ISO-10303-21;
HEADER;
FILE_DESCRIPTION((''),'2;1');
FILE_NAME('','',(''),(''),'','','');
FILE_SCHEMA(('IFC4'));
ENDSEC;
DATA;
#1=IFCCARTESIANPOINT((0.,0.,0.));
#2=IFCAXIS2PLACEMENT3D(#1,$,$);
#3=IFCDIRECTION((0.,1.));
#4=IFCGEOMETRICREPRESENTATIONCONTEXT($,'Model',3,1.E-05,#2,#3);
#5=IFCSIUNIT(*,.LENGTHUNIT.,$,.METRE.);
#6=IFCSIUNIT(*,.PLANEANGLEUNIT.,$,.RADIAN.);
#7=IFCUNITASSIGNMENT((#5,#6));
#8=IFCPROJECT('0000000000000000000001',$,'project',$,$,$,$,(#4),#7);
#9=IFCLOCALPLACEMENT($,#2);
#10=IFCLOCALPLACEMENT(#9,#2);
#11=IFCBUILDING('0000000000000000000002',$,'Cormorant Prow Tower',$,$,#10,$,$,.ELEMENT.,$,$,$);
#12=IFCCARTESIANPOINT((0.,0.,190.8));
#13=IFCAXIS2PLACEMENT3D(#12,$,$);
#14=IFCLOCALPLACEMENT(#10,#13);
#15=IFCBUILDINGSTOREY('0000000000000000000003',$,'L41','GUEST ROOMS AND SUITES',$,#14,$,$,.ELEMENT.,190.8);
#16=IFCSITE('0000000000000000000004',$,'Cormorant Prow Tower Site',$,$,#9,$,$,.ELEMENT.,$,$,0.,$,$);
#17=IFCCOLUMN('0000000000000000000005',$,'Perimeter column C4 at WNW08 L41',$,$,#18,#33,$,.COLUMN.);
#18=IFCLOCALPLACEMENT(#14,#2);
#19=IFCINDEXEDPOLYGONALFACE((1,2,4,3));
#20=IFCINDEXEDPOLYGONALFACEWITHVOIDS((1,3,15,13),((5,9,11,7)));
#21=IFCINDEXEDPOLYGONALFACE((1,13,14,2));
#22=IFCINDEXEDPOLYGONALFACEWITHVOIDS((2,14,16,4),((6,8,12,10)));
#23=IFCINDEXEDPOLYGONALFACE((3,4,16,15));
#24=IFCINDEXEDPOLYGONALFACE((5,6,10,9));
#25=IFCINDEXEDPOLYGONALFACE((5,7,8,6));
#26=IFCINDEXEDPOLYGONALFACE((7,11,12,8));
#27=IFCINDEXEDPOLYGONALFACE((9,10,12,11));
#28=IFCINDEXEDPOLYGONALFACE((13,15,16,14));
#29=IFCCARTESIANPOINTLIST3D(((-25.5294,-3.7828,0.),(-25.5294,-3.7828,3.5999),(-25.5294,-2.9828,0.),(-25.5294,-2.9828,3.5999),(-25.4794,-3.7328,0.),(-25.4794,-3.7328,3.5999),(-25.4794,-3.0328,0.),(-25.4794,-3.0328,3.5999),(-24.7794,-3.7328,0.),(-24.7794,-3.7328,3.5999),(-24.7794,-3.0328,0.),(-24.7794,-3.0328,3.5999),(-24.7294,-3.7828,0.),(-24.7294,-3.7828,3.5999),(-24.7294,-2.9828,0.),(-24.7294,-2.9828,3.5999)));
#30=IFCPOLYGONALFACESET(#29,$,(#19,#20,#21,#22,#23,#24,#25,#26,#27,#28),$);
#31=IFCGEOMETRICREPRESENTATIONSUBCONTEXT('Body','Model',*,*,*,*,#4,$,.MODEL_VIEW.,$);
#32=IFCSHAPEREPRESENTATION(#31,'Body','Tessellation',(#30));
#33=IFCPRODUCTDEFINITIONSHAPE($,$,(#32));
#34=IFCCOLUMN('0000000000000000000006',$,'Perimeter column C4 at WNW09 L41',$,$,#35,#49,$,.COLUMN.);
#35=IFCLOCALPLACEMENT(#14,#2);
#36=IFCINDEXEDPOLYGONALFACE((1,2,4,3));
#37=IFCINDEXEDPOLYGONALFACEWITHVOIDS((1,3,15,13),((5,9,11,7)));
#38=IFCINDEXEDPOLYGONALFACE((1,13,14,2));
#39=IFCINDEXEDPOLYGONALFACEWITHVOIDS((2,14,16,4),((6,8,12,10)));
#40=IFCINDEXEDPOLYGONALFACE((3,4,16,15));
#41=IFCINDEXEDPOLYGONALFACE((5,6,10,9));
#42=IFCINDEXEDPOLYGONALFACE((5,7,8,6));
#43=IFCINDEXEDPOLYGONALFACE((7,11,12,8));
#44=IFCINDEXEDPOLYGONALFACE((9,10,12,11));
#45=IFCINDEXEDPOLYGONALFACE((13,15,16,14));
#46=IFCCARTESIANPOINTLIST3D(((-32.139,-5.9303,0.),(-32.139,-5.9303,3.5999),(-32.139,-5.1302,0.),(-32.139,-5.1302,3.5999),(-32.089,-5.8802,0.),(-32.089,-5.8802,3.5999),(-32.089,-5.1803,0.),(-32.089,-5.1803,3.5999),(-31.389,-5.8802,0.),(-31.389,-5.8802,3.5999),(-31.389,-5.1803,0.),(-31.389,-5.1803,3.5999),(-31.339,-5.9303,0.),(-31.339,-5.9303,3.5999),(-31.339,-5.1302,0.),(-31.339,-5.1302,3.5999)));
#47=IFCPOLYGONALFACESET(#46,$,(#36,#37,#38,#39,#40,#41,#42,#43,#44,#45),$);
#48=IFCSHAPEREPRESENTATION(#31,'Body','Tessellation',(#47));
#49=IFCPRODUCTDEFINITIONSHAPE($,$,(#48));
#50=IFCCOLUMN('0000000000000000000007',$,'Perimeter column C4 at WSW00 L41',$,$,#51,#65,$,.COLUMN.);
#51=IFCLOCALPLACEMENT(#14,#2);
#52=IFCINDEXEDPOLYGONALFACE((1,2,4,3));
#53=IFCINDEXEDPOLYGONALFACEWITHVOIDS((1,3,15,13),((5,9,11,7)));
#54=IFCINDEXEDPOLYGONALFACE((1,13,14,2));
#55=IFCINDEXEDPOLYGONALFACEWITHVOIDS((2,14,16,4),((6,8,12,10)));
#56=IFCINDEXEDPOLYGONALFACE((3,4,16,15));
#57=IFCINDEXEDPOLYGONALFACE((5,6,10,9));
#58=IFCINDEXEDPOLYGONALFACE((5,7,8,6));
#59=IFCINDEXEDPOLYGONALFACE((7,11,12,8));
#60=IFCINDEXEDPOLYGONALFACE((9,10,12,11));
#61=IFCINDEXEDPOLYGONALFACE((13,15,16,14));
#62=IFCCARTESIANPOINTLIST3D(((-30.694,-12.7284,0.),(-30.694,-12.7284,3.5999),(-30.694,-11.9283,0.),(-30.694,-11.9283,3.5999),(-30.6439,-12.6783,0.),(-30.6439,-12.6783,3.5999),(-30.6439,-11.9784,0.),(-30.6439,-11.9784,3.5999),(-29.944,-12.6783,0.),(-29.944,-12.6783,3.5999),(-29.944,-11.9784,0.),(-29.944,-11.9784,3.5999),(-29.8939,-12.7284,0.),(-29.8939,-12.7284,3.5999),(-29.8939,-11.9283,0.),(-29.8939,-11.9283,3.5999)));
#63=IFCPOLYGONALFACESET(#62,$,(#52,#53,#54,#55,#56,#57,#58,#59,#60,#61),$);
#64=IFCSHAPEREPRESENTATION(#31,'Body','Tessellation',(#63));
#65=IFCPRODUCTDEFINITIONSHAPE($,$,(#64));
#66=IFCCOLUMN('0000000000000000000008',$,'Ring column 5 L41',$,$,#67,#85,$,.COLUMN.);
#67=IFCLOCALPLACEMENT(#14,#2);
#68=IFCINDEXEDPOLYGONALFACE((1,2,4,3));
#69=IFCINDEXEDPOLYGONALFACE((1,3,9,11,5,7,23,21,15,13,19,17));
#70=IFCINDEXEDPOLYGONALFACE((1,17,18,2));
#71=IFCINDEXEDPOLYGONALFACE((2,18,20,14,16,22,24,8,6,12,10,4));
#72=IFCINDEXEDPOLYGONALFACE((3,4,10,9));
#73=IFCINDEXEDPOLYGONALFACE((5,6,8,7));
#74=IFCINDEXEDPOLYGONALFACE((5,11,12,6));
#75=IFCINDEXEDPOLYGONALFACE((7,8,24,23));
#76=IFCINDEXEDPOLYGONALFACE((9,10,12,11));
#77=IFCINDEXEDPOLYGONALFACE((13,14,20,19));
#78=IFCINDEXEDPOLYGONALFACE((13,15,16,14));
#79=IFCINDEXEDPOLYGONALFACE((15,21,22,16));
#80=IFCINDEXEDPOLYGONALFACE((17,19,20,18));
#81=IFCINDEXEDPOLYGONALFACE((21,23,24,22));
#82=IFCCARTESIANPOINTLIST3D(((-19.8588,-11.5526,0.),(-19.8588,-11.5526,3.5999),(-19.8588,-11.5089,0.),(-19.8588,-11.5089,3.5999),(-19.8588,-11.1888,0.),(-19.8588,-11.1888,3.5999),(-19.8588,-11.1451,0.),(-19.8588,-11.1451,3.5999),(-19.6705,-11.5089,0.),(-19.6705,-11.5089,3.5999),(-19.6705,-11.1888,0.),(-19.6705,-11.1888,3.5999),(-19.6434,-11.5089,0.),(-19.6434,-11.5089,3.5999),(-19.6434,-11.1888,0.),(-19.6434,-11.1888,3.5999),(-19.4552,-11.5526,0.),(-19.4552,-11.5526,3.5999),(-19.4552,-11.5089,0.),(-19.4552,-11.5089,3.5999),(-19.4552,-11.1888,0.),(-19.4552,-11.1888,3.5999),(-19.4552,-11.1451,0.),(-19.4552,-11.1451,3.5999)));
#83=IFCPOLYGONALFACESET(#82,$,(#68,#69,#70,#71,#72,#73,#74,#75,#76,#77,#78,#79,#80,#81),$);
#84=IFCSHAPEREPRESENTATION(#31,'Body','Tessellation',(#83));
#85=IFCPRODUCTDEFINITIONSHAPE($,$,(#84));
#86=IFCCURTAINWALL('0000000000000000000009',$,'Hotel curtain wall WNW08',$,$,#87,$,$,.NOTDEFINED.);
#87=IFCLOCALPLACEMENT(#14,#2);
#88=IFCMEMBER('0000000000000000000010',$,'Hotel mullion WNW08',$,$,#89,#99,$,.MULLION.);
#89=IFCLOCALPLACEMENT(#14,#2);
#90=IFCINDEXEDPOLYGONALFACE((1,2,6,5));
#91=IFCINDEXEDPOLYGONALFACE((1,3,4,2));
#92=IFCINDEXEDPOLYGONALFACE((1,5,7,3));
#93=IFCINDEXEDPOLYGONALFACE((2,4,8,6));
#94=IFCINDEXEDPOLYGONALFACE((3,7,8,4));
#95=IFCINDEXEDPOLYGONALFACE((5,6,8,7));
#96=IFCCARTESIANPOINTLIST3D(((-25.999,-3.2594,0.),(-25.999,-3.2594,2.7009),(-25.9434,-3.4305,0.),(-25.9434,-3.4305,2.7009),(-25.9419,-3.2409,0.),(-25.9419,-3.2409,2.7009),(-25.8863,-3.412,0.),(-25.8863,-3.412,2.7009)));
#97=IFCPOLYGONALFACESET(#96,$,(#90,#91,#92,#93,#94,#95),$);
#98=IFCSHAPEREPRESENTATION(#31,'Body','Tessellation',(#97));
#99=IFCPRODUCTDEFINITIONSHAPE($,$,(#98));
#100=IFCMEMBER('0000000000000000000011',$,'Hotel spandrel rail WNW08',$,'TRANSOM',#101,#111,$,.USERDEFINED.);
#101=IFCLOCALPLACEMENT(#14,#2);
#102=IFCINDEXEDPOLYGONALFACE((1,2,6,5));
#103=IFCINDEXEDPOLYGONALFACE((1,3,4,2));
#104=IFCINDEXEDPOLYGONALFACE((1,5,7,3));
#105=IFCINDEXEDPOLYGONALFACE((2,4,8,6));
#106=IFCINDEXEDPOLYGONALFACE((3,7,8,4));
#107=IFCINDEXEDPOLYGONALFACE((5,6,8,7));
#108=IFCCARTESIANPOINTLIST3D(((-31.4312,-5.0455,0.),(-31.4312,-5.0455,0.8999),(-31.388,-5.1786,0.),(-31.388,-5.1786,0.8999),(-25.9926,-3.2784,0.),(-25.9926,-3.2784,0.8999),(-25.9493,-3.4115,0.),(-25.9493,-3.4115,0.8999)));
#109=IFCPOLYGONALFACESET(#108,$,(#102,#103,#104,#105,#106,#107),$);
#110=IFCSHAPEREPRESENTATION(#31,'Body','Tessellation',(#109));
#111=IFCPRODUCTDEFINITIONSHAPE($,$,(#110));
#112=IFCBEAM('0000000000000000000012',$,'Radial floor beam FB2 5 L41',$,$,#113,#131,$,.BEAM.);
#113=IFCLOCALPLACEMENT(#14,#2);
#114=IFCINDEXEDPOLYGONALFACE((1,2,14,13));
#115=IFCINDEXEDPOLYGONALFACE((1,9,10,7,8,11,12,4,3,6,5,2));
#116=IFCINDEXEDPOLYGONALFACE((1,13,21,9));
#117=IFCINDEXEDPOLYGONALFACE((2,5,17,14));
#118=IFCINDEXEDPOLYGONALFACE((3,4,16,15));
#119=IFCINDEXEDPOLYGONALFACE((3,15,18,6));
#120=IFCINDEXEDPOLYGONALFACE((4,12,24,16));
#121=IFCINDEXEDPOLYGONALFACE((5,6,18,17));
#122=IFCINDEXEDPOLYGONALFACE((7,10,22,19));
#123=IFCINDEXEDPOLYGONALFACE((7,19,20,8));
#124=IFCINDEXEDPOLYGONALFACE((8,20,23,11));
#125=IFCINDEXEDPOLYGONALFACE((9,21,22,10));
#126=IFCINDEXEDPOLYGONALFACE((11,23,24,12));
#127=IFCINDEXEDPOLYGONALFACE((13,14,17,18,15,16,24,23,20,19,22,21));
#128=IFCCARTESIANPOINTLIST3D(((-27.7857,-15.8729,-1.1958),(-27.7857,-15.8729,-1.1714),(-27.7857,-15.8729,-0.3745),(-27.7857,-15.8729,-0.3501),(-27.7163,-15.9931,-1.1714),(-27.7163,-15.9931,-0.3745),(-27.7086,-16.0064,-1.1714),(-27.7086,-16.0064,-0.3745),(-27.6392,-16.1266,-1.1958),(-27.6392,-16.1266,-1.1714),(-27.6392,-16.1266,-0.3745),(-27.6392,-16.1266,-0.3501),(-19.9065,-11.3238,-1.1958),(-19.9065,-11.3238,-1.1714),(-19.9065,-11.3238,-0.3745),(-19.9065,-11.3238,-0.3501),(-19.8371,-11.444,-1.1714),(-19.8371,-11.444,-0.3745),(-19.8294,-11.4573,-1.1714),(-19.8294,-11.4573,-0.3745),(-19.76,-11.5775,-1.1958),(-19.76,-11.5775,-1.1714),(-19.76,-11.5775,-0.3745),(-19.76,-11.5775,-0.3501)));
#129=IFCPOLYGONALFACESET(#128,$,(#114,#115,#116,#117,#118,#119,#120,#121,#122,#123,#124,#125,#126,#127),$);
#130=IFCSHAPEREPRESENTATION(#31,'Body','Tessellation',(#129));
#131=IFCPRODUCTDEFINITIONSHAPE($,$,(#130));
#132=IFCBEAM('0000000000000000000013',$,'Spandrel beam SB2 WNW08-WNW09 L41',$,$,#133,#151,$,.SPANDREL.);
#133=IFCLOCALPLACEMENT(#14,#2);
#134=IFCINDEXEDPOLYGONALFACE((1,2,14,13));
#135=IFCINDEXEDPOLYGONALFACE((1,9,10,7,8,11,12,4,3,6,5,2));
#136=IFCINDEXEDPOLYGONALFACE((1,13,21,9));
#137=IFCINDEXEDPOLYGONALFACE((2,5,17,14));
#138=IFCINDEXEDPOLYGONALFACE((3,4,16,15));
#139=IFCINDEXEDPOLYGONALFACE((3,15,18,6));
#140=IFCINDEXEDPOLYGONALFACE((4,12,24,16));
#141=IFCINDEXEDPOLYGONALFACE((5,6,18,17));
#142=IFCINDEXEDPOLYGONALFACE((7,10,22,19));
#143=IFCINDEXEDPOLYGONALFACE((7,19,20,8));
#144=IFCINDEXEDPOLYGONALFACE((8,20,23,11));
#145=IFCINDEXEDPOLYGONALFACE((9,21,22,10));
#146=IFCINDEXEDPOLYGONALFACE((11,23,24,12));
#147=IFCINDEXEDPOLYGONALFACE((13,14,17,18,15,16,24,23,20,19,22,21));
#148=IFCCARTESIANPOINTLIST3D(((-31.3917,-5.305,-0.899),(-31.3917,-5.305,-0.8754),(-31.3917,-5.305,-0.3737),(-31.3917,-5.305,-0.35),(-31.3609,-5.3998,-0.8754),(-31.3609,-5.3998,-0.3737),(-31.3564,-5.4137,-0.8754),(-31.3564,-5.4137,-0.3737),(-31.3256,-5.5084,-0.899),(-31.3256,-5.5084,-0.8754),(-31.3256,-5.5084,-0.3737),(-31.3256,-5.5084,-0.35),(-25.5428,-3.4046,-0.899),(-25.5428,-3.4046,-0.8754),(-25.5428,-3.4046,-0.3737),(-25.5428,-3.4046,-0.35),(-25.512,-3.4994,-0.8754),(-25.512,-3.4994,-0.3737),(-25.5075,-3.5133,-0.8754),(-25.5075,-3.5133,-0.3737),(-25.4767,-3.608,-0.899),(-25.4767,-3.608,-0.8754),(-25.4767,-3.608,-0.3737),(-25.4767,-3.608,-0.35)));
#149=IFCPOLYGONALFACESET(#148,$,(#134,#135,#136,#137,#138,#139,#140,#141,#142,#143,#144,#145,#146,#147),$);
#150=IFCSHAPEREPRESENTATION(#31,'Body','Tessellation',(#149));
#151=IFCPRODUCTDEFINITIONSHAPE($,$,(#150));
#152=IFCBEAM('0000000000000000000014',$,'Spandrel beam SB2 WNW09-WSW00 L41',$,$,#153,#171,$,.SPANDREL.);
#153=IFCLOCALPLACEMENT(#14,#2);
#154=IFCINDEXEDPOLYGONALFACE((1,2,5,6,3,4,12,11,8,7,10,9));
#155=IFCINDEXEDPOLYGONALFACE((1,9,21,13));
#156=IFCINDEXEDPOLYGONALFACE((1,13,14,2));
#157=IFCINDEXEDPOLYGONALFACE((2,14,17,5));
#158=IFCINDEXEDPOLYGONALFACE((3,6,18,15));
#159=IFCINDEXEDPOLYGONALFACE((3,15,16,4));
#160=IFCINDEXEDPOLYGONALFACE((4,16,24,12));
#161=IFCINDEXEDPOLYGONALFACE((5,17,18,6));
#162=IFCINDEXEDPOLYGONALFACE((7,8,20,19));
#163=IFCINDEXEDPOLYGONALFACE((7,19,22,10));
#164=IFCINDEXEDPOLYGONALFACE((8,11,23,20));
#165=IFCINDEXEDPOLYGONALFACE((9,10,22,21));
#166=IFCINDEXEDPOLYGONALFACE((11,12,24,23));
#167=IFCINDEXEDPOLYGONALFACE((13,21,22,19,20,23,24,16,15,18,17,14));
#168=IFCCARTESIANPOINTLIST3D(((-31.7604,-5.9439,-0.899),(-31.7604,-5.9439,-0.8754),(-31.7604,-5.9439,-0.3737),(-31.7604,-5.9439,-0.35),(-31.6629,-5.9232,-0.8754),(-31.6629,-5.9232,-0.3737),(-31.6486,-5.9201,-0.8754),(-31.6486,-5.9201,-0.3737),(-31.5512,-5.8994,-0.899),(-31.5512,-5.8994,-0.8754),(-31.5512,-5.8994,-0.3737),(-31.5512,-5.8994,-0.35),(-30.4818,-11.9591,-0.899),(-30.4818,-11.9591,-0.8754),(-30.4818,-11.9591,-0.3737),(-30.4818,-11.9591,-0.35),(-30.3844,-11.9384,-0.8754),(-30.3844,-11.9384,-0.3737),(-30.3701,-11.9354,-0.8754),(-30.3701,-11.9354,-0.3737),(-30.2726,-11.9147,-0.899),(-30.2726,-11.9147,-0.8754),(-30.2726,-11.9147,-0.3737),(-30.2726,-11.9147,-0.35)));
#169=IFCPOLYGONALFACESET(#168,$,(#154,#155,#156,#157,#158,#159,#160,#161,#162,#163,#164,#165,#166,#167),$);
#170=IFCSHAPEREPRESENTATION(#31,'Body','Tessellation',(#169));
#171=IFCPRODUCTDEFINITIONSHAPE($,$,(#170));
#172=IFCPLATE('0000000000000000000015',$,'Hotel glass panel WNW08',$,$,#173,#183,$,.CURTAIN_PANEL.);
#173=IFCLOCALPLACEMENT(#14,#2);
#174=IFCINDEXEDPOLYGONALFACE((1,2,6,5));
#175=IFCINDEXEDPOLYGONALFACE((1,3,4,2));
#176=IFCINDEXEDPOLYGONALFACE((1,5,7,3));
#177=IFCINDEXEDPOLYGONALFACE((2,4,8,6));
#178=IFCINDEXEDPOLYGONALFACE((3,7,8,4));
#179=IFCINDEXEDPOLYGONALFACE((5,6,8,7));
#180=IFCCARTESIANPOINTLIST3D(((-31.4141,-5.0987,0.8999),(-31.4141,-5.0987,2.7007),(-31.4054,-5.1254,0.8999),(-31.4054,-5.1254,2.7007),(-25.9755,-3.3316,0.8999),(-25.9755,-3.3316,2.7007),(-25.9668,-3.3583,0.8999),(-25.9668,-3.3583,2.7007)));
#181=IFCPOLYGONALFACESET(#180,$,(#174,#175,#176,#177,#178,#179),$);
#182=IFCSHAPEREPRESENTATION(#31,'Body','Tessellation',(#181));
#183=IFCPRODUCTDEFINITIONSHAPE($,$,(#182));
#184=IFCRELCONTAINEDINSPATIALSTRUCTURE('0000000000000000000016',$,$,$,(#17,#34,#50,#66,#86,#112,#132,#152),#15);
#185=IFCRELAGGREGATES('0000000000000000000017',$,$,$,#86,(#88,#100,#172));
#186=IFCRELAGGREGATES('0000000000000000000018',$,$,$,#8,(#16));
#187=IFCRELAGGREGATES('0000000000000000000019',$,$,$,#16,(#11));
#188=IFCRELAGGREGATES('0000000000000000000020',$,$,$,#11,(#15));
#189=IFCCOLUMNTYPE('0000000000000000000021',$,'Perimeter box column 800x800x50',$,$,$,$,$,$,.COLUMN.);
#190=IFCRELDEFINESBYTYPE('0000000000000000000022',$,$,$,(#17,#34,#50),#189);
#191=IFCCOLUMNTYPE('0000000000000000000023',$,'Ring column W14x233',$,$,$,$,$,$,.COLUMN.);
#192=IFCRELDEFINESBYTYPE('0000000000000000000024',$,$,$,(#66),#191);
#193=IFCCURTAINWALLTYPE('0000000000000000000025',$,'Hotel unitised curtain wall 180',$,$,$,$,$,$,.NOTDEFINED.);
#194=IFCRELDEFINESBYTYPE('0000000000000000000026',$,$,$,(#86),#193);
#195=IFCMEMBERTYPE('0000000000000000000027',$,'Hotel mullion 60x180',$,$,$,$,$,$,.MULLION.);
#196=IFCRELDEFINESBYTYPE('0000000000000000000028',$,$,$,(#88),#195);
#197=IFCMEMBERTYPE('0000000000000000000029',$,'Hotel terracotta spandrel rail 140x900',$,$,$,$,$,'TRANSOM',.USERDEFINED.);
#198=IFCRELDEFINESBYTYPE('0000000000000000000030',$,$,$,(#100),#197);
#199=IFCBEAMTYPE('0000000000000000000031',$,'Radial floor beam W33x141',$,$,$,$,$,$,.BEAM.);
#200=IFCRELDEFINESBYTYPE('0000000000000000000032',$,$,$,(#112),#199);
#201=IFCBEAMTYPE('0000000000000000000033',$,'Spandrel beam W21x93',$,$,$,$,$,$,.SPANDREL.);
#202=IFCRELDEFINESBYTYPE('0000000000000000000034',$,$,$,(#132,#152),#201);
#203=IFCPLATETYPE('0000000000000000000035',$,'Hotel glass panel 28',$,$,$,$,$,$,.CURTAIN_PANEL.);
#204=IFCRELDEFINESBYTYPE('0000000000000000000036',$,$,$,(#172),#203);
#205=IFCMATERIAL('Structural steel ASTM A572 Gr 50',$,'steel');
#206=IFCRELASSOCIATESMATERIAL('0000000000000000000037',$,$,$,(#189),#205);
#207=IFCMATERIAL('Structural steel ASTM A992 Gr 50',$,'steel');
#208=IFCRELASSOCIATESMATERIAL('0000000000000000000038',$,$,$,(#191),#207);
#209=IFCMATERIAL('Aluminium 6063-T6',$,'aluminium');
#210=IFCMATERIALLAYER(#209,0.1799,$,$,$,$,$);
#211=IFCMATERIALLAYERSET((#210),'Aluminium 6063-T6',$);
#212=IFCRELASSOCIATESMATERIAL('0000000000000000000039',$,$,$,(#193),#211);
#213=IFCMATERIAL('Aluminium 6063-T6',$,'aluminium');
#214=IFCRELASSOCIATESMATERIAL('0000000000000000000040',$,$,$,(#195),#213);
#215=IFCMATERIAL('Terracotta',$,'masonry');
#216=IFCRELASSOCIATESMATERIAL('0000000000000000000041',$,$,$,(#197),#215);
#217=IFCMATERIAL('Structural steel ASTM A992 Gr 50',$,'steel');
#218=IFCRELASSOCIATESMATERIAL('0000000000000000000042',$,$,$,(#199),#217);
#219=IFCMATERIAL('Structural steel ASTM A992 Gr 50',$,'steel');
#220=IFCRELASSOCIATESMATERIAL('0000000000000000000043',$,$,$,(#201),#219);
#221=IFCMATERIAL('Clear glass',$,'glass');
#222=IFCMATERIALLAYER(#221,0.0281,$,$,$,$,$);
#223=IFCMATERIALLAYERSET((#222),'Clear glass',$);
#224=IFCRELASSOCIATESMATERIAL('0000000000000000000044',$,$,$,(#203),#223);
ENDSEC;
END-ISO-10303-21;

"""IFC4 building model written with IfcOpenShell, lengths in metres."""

from ifc_helpers import new_model, si_unit, direction, frame, origin, origin_2d, place, context, subcontext, project, spatial, rectangle, hollow_rectangle, i_section, extrude, material, layer, layer_set, material_profile, profile_set, type_object, element, aggregate, save


model = new_model("IFC4")

# Units and contexts
model_context = context("Model", 3, precision=1e-05, world=origin(), true_north=direction((0.0, 1.0)))
body_context = subcontext(model_context, "Body", "Model", "MODEL_VIEW")
ifc_project = project(units=[si_unit("LENGTHUNIT", "METRE"), si_unit("PLANEANGLEUNIT", "RADIAN")], contexts=[model_context])

# Site, building, storey
site_placement = place(None, origin())
site = spatial("IfcSite", under=ifc_project, at=site_placement, Name="Cormorant Prow Tower Site", CompositionType="ELEMENT", RefElevation=0.0)
building_placement = place(site_placement, origin())
building = spatial("IfcBuilding", under=site, at=building_placement, Name="Cormorant Prow Tower", CompositionType="ELEMENT")
storey_placement = place(building_placement, frame((0.0, 0.0, 190.8)))
storey = spatial("IfcBuildingStorey", under=building, at=storey_placement, Name="L41", Description="GUEST ROOMS AND SUITES", CompositionType="ELEMENT", Elevation=190.8)

# Columns
ifc_material_1 = material(Name="Structural steel ASTM A572 Gr 50", Category="steel")
ifc_material_profile_1 = material_profile(ifc_material_1, hollow_rectangle(XDim=0.8, YDim=0.8, WallThickness=0.05, at=origin_2d()), Name="Box 800x800x50")
ifc_profile_set_1 = profile_set([ifc_material_profile_1], Name="Structural steel ASTM A572 Gr 50")
column_type_1 = type_object("IfcColumnType", Name="Perimeter box column 800x800x50", PredefinedType="COLUMN", material=ifc_profile_set_1)
for number, where, z_axis, x_axis, name in (
    (1, (-25.1294, -3.3828, 0.0), (0.0, 0.0, 1.0), (1.0, 0.0, 0.0), "Perimeter column C4 at WNW08 L41"),
    (2, (-31.739, -5.5303, 0.0), (0.0, 0.0, 1.0), (1.0, 0.0, 0.0), "Perimeter column C4 at WNW09 L41"),
    (3, (-30.2939, -12.3284, 0.0), (0.0, 0.0, 1.0), (1.0, 0.0, 0.0), "Perimeter column C4 at WSW00 L41"),
):
    element("IfcColumn", number, at=place(storey_placement, frame(where, z_axis=z_axis, x_axis=x_axis)), inside=storey, type_object=column_type_1, Name=name, PredefinedType="COLUMN", context=body_context, shape_type="SweptSolid", body=[
        extrude(hollow_rectangle(XDim=0.8, YDim=0.8, WallThickness=0.05, at=origin_2d()), origin(), (0.0, 0.0, 1.0), 3.5999),
    ])
ifc_material_2 = material(Name="Structural steel ASTM A992 Gr 50", Category="steel")
ifc_material_profile_2 = material_profile(ifc_material_2, i_section(OverallWidth=0.4036, OverallDepth=0.4075, WebThickness=0.0271, FlangeThickness=0.0437, at=origin_2d()), Name="W14x233")
ifc_profile_set_2 = profile_set([ifc_material_profile_2], Name="Structural steel ASTM A992 Gr 50")
column_type_2 = type_object("IfcColumnType", Name="Ring column W14x233", PredefinedType="COLUMN", material=ifc_profile_set_2)
column_placement = place(storey_placement, frame((-19.657, -11.3489, 0.0), z_axis=(0.0, 0.0, 1.0), x_axis=(1.0, 0.0, 0.0)))
element("IfcColumn", 4, at=column_placement, inside=storey, type_object=column_type_2, Name="Ring column 5 L41", PredefinedType="COLUMN", context=body_context, shape_type="SweptSolid", body=[
    extrude(i_section(OverallWidth=0.4036, OverallDepth=0.4075, WebThickness=0.0271, FlangeThickness=0.0437, at=origin_2d()), origin(), (0.0, 0.0, 1.0), 3.5999),
])

# Curtain wall, members
ifc_material_3 = material(Name="Aluminium 6063-T6", Category="aluminium")
ifc_layer_1 = layer(ifc_material_3, 0.1799)
ifc_layer_set_1 = layer_set([ifc_layer_1], Name="Aluminium 6063-T6")
curtain_wall_type = type_object("IfcCurtainWallType", Name="Hotel unitised curtain wall 180", PredefinedType="NOTDEFINED", material=ifc_layer_set_1)
curtain_wall_placement = place(storey_placement, origin())
curtain_wall = element("IfcCurtainWall", 5, at=curtain_wall_placement, inside=storey, type_object=curtain_wall_type, Name="Hotel curtain wall WNW08", PredefinedType="NOTDEFINED")
ifc_material_4 = material(Name="Aluminium 6063-T6", Category="aluminium")
ifc_material_profile_3 = material_profile(ifc_material_4, rectangle(XDim=0.1799, YDim=0.0601, at=origin_2d()), Name="Hotel mullion 60x180")
ifc_profile_set_3 = profile_set([ifc_material_profile_3], Name="Aluminium 6063-T6")
member_type_1 = type_object("IfcMemberType", Name="Hotel mullion 60x180", PredefinedType="MULLION", material=ifc_profile_set_3)
member_1_placement = place(storey_placement, frame((-25.9426, -3.3357, 0.0), z_axis=(0.0, 0.0, 1.0), x_axis=(0.309017, -0.951056, 0.0)))
member_1 = element("IfcMember", 6, at=member_1_placement, type_object=member_type_1, Name="Hotel mullion WNW08", PredefinedType="MULLION", context=body_context, shape_type="SweptSolid", body=[
    extrude(rectangle(XDim=0.1799, YDim=0.0601, at=origin_2d()), origin(), (0.0, 0.0, 1.0), 2.7009),
])
ifc_material_5 = material(Name="Terracotta", Category="masonry")
ifc_material_profile_4 = material_profile(ifc_material_5, rectangle(XDim=0.1399, YDim=0.8999, at=origin_2d()), Name="Hotel terracotta spandrel rail 140x900")
ifc_profile_set_4 = profile_set([ifc_material_profile_4], Name="Terracotta")
member_type_2 = type_object("IfcMemberType", Name="Hotel terracotta spandrel rail 140x900", ElementType="TRANSOM", PredefinedType="USERDEFINED", material=ifc_profile_set_4)
member_2_placement = place(storey_placement, frame((-25.9709, -3.345, 0.45), z_axis=(-0.951059, -0.309008, 0.0), x_axis=(0.309008, -0.951059, 0.0)))
member_2 = element("IfcMember", 7, at=member_2_placement, type_object=member_type_2, Name="Hotel spandrel rail WNW08", ObjectType="TRANSOM", PredefinedType="USERDEFINED", context=body_context, shape_type="SweptSolid", body=[
    extrude(rectangle(XDim=0.1399, YDim=0.8999, at=origin_2d()), origin(), (0.0, 0.0, 1.0), 5.7185),
])

# Beams
ifc_material_6 = material(Name="Structural steel ASTM A992 Gr 50", Category="steel")
ifc_material_profile_5 = material_profile(ifc_material_6, i_section(OverallWidth=0.293, OverallDepth=0.8457, WebThickness=0.0154, FlangeThickness=0.0244, at=origin_2d()), Name="W33x141")
ifc_profile_set_5 = profile_set([ifc_material_profile_5], Name="Structural steel ASTM A992 Gr 50")
beam_type_1 = type_object("IfcBeamType", Name="Radial floor beam W33x141", PredefinedType="BEAM", material=ifc_profile_set_5)
beam_1_placement = place(storey_placement, frame((-19.8333, -11.4507, -0.7729), z_axis=(-0.866023, -0.500004, 0.0), x_axis=(0.500004, -0.866023, 0.0)))
element("IfcBeam", 8, at=beam_1_placement, inside=storey, type_object=beam_type_1, Name="Radial floor beam FB2 5 L41", PredefinedType="BEAM", context=body_context, shape_type="SweptSolid", body=[
    extrude(i_section(OverallWidth=0.293, OverallDepth=0.8457, WebThickness=0.0154, FlangeThickness=0.0244, at=origin_2d()), origin(), (0.0, 0.0, 1.0), 9.0981),
])
ifc_material_7 = material(Name="Structural steel ASTM A992 Gr 50", Category="steel")
ifc_material_profile_6 = material_profile(ifc_material_7, i_section(OverallWidth=0.2139, OverallDepth=0.5491, WebThickness=0.0146, FlangeThickness=0.0237, at=origin_2d()), Name="W21x93")
ifc_profile_set_6 = profile_set([ifc_material_profile_6], Name="Structural steel ASTM A992 Gr 50")
beam_type_2 = type_object("IfcBeamType", Name="Spandrel beam W21x93", PredefinedType="SPANDREL", material=ifc_profile_set_6)
beam_2_placement = place(storey_placement, frame((-25.5098, -3.5063, -0.6245), z_axis=(-0.951058, -0.309013, 0.0), x_axis=(0.309013, -0.951058, 0.0)))
element("IfcBeam", 9, at=beam_2_placement, inside=storey, type_object=beam_type_2, Name="Spandrel beam SB2 WNW08-WNW09 L41", PredefinedType="SPANDREL", context=body_context, shape_type="SweptSolid", body=[
    extrude(i_section(OverallWidth=0.2139, OverallDepth=0.5491, WebThickness=0.0146, FlangeThickness=0.0237, at=origin_2d()), origin(), (0.0, 0.0, 1.0), 6.1499),
])
beam_3_placement = place(storey_placement, frame((-31.6558, -5.9216, -0.6245), z_axis=(0.207905, -0.978149, 0.0), x_axis=(0.978149, 0.207905, 0.0)))
element("IfcBeam", 10, at=beam_3_placement, inside=storey, type_object=beam_type_2, Name="Spandrel beam SB2 WNW09-WSW00 L41", PredefinedType="SPANDREL", context=body_context, shape_type="SweptSolid", body=[
    extrude(i_section(OverallWidth=0.2139, OverallDepth=0.5491, WebThickness=0.0146, FlangeThickness=0.0237, at=origin_2d()), origin(), (0.0, 0.0, 1.0), 6.1497),
])

# Plate
ifc_material_8 = material(Name="Clear glass", Category="glass")
ifc_layer_2 = layer(ifc_material_8, 0.0281)
ifc_layer_set_2 = layer_set([ifc_layer_2], Name="Clear glass")
plate_type = type_object("IfcPlateType", Name="Hotel glass panel 28", PredefinedType="CURTAIN_PANEL", material=ifc_layer_set_2)
plate_placement = place(storey_placement, frame((-28.6904, -4.2285, 0.8999), z_axis=(0.0, 0.0, 1.0), x_axis=(-0.951056, -0.309017, 0.0)))
plate = element("IfcPlate", 11, at=plate_placement, type_object=plate_type, Name="Hotel glass panel WNW08", PredefinedType="CURTAIN_PANEL", context=body_context, shape_type="SweptSolid", body=[
    extrude(rectangle(XDim=5.7185, YDim=0.0281, at=origin_2d()), origin(), (0.0, 0.0, 1.0), 1.8008),
])
aggregate(curtain_wall, [member_1, member_2, plate])

save(model, "model.ifc")
